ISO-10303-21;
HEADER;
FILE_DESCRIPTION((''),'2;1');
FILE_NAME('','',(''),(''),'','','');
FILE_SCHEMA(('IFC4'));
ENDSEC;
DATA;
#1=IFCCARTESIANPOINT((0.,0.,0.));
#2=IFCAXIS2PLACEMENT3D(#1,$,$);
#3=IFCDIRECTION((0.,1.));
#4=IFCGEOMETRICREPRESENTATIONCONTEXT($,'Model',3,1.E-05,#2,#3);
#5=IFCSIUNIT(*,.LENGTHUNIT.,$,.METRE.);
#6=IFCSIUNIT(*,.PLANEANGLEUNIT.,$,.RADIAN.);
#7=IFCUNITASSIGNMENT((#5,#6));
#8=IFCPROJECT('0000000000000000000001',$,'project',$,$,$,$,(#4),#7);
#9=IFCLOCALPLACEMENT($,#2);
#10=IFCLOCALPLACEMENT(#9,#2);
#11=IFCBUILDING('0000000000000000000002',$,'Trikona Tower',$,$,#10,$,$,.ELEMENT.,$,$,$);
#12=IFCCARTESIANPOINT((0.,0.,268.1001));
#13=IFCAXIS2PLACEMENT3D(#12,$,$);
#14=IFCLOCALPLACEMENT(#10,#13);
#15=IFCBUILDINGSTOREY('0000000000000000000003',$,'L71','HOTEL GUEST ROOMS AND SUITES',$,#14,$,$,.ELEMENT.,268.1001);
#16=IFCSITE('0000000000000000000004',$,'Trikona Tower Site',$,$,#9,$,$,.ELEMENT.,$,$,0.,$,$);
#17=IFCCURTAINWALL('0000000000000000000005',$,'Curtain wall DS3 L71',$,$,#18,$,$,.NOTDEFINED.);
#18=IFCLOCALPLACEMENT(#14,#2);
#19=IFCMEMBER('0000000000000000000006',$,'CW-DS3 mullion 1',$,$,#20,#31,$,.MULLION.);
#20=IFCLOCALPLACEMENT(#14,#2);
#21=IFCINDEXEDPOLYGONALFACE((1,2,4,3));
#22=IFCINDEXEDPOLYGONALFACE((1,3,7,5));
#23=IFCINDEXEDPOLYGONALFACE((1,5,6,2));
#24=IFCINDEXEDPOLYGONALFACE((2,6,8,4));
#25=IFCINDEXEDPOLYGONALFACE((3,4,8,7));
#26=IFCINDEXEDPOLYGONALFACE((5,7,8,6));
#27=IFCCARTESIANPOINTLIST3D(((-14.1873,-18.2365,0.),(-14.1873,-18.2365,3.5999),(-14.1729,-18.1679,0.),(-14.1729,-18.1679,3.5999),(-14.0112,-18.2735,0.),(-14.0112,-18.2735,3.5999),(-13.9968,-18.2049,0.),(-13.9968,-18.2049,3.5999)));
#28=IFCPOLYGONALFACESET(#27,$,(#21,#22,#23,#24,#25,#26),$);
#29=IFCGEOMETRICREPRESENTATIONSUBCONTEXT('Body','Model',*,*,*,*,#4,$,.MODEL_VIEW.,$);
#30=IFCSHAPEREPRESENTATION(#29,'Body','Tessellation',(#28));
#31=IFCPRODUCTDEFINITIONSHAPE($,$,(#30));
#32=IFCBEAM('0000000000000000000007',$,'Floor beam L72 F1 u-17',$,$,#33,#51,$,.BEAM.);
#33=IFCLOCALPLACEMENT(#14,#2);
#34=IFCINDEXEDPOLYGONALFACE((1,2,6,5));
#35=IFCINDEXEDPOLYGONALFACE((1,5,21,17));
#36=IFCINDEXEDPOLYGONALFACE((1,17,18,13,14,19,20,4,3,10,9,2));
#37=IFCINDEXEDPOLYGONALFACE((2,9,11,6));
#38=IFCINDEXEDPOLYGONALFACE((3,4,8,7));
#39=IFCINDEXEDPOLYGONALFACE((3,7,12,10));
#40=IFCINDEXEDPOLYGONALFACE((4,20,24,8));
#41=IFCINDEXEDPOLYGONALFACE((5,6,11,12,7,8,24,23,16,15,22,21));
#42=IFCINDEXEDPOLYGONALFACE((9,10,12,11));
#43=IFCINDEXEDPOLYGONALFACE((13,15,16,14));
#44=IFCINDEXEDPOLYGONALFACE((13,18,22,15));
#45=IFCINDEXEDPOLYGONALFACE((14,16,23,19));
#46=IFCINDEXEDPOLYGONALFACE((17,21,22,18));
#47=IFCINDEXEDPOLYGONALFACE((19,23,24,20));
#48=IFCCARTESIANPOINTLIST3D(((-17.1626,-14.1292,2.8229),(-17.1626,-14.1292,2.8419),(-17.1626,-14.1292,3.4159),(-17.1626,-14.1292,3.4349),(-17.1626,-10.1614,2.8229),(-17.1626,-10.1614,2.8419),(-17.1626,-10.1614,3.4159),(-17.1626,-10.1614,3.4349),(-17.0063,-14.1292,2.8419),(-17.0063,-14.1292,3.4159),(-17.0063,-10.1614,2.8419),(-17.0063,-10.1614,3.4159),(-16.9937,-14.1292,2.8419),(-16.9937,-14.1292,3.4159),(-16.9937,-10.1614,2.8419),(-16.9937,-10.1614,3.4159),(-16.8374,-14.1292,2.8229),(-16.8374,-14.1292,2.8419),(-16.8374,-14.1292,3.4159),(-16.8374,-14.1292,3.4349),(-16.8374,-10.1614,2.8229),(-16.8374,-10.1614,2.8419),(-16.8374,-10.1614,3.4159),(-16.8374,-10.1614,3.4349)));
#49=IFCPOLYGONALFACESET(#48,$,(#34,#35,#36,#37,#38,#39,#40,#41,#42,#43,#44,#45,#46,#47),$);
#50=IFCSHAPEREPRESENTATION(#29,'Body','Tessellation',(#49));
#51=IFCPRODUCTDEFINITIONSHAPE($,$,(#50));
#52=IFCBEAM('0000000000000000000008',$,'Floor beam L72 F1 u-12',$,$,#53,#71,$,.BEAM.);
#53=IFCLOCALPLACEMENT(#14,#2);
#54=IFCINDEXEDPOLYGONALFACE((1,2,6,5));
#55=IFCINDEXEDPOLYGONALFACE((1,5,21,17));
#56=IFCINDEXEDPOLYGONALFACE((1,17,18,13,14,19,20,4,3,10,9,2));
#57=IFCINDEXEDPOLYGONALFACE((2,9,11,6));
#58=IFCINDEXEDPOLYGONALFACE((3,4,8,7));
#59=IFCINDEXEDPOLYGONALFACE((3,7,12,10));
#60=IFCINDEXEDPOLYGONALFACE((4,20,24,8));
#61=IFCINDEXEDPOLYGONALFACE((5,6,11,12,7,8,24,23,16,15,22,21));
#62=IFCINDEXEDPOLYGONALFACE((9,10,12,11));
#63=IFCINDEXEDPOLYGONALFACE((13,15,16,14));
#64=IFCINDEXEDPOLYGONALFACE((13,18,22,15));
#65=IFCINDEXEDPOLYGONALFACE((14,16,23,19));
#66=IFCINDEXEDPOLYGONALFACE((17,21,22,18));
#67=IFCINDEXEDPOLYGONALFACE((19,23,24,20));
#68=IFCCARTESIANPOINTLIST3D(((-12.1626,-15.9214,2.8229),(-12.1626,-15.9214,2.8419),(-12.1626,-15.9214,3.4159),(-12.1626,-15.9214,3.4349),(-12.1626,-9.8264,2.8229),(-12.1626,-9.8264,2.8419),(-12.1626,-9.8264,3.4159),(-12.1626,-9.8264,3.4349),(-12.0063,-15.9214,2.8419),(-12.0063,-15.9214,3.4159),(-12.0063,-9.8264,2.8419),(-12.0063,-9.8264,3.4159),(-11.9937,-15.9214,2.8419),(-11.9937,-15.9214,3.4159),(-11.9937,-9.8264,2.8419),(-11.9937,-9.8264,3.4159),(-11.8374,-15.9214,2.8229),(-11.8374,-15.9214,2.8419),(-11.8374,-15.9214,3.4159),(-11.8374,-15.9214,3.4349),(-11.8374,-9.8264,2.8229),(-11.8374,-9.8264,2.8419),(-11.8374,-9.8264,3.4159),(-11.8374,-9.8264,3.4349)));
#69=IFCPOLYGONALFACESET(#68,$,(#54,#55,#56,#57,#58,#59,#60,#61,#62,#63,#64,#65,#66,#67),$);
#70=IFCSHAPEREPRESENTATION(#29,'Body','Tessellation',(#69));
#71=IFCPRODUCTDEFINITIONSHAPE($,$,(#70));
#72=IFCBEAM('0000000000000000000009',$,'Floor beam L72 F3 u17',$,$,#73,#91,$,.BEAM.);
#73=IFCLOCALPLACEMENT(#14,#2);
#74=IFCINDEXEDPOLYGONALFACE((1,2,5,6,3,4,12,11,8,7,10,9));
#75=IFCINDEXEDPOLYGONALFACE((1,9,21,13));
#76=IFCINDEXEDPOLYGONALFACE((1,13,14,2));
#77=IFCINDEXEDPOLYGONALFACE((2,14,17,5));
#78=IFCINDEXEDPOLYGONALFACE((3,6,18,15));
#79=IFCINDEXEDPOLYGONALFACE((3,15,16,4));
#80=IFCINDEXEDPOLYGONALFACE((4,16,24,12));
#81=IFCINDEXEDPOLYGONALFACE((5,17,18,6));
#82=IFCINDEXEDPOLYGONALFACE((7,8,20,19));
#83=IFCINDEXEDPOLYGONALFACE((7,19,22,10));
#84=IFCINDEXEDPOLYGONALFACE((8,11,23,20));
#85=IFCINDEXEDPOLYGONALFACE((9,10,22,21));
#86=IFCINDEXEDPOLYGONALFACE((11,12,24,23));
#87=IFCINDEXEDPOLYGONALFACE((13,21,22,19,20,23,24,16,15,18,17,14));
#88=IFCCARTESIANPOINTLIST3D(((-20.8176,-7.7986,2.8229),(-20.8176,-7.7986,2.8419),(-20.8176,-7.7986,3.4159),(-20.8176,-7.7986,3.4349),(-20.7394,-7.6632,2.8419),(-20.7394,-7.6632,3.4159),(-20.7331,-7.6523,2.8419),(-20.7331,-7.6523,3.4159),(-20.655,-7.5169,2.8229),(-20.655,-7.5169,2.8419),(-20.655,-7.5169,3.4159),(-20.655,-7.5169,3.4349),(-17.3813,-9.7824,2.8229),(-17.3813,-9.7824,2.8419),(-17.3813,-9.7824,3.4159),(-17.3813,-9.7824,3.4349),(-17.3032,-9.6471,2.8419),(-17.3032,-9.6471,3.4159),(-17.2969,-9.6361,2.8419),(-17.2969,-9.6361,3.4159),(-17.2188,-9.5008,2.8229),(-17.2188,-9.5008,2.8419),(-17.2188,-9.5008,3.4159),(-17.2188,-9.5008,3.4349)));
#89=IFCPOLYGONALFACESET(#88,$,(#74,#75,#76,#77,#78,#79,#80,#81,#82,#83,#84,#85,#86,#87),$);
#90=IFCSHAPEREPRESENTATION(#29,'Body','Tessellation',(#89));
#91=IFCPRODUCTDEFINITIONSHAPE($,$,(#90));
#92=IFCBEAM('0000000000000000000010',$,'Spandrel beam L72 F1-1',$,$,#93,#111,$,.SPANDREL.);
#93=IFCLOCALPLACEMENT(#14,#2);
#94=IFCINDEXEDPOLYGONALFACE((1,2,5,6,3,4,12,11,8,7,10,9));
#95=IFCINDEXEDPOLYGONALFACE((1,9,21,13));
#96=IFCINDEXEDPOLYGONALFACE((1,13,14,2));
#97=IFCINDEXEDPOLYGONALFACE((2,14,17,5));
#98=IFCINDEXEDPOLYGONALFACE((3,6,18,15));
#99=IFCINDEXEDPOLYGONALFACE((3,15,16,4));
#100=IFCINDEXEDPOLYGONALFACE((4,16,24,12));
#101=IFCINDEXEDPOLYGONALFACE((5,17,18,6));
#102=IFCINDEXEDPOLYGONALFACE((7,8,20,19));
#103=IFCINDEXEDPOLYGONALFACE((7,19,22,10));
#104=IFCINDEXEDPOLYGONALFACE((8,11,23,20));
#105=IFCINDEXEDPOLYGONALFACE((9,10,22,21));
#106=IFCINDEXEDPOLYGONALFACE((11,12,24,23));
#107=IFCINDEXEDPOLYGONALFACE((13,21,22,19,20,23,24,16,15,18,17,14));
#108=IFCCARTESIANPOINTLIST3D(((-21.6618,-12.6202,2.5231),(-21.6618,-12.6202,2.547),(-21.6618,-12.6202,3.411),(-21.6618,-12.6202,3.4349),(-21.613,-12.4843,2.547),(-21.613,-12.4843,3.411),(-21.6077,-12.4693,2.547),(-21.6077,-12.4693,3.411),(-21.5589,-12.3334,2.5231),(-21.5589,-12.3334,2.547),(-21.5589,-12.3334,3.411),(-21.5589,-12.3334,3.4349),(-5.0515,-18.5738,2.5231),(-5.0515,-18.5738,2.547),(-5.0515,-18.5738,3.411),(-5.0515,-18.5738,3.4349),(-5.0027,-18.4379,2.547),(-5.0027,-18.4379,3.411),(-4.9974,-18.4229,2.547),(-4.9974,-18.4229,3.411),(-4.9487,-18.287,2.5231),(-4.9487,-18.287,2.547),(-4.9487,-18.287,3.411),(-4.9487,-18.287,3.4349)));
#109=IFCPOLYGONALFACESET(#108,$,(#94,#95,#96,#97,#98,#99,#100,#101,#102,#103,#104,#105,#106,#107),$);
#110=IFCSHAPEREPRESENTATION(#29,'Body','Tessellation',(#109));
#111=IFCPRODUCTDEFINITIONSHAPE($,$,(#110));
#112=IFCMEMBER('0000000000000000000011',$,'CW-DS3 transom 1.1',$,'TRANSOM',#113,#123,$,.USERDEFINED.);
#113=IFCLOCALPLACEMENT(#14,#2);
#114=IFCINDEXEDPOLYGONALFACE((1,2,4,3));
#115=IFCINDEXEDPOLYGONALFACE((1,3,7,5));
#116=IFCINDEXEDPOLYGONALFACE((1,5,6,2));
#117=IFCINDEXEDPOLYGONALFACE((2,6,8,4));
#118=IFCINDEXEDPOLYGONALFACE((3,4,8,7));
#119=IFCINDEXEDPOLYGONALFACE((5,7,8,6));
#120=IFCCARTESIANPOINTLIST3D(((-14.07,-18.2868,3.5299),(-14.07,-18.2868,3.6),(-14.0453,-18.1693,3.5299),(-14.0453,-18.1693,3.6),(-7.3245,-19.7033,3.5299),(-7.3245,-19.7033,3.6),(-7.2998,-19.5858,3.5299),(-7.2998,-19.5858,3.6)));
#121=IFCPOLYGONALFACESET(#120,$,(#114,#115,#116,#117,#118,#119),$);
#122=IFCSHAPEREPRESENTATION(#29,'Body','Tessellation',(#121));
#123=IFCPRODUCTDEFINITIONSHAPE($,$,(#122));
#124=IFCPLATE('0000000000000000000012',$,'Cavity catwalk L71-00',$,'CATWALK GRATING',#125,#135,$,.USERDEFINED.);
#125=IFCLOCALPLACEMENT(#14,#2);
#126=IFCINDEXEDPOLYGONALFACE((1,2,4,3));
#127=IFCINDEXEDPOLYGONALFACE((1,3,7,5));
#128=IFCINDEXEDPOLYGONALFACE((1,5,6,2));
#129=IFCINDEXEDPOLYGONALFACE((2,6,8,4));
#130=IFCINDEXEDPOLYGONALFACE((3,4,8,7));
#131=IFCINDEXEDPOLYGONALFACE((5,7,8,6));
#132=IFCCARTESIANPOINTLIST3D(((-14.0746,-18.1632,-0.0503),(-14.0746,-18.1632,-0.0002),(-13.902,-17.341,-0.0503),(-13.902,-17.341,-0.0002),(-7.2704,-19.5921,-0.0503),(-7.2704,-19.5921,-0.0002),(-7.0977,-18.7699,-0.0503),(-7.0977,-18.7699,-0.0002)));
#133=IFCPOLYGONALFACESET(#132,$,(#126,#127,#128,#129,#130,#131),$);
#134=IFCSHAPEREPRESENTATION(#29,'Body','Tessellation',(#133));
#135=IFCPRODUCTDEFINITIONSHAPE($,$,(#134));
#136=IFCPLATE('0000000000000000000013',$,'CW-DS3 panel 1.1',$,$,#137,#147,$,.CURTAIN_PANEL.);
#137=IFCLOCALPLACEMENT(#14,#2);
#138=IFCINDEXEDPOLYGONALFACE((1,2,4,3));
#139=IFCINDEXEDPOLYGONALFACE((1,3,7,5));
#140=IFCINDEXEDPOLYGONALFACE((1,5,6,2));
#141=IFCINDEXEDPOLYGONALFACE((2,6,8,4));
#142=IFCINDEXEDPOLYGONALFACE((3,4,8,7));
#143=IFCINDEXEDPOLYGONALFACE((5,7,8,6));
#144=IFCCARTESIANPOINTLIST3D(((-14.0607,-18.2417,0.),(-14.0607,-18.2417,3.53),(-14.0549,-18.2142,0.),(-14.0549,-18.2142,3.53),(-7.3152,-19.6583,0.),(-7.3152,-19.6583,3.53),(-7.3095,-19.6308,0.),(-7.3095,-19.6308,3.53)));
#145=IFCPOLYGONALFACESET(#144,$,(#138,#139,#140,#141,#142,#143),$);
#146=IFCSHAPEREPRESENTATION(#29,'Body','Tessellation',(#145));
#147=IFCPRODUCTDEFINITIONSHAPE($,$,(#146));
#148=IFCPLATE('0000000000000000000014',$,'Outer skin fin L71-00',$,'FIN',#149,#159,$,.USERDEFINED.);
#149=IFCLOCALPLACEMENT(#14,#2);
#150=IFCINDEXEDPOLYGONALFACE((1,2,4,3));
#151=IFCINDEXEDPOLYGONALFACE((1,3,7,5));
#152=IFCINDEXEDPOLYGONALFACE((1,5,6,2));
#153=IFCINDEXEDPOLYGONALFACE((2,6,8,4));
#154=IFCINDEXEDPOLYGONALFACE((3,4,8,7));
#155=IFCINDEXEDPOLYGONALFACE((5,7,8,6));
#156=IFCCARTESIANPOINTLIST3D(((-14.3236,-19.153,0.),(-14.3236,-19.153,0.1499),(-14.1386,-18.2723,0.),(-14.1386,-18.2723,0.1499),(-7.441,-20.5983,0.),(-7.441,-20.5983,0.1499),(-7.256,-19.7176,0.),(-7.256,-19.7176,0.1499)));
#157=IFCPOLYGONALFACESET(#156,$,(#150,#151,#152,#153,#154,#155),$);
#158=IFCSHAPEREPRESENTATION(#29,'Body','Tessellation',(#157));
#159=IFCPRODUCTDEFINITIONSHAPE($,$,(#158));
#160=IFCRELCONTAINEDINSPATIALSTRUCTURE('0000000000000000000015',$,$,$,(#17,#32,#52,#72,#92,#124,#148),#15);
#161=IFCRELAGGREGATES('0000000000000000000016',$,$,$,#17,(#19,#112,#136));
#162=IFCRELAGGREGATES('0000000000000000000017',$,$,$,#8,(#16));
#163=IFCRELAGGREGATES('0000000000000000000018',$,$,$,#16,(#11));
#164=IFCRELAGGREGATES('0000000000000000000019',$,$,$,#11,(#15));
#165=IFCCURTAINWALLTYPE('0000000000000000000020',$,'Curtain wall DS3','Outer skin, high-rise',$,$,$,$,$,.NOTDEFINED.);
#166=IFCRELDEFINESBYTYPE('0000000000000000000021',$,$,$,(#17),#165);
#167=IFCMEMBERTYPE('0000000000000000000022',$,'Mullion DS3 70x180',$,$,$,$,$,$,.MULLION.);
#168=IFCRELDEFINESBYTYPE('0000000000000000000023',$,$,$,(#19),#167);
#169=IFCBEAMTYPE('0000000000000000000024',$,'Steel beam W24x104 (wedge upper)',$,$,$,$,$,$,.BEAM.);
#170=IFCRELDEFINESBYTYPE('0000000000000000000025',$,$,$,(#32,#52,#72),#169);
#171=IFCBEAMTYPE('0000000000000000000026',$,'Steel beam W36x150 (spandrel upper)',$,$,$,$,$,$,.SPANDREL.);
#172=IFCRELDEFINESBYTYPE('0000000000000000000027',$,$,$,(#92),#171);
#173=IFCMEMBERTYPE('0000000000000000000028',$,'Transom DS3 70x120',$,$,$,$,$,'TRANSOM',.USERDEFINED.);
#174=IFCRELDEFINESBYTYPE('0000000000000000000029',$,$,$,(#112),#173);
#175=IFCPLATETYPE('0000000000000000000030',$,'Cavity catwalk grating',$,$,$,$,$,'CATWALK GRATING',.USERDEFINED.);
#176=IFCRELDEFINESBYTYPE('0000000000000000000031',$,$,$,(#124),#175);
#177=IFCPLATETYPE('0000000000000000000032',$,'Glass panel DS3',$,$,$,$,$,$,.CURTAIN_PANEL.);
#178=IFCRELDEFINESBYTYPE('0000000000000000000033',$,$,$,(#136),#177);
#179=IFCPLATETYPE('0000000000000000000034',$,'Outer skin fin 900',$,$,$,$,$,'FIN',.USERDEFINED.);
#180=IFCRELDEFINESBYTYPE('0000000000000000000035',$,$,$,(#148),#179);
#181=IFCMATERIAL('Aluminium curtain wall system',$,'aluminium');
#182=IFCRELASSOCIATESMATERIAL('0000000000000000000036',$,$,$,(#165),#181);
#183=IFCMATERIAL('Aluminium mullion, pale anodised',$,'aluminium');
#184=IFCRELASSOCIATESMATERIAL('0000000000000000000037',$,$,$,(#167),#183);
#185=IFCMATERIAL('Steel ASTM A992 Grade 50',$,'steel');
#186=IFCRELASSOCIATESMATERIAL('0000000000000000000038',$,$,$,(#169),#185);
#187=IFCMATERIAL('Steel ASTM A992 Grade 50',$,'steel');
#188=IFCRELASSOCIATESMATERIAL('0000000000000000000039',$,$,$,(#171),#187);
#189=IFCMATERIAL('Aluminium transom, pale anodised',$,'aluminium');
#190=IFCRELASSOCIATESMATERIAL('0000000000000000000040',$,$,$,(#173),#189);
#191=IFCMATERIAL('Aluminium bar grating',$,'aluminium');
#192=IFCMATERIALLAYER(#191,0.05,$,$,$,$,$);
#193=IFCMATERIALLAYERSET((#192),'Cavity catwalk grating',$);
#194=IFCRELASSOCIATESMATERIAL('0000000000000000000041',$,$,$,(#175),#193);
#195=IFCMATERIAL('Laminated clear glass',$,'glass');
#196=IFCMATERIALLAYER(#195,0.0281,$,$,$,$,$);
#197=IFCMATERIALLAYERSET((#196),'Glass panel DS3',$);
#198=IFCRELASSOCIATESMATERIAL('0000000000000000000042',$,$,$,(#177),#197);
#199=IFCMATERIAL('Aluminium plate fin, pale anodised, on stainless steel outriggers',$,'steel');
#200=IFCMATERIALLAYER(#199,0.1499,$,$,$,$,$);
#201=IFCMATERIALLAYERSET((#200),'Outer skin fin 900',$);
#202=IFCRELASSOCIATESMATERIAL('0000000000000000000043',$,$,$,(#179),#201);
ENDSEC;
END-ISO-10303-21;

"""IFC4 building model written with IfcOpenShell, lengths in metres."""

from ifc_helpers import new_model, si_unit, direction, frame, origin, origin_2d, place, context, subcontext, project, spatial, rectangle, i_section, extrude, material, layer, layer_set, material_profile, profile_set, type_object, element, aggregate, save


model = new_model("IFC4")

# Units and contexts
model_context = context("Model", 3, precision=1e-05, world=origin(), true_north=direction((0.0, 1.0)))
body_context = subcontext(model_context, "Body", "Model", "MODEL_VIEW")
ifc_project = project(units=[si_unit("LENGTHUNIT", "METRE"), si_unit("PLANEANGLEUNIT", "RADIAN")], contexts=[model_context])

# Site, building, storey
site_placement = place(None, origin())
site = spatial("IfcSite", under=ifc_project, at=site_placement, Name="Trikona Tower Site", CompositionType="ELEMENT", RefElevation=0.0)
building_placement = place(site_placement, origin())
building = spatial("IfcBuilding", under=site, at=building_placement, Name="Trikona Tower", CompositionType="ELEMENT")
storey_placement = place(building_placement, frame((0.0, 0.0, 268.1001)))
storey = spatial("IfcBuildingStorey", under=building, at=storey_placement, Name="L71", Description="HOTEL GUEST ROOMS AND SUITES", CompositionType="ELEMENT", Elevation=268.1001)

# Curtain wall, member
ifc_material_1 = material(Name="Aluminium curtain wall system", Category="aluminium")
curtain_wall_type = type_object("IfcCurtainWallType", Name="Curtain wall DS3", Description="Outer skin, high-rise", PredefinedType="NOTDEFINED", material=ifc_material_1)
curtain_wall_placement = place(storey_placement, origin())
curtain_wall = element("IfcCurtainWall", 1, at=curtain_wall_placement, inside=storey, type_object=curtain_wall_type, Name="Curtain wall DS3 L71", PredefinedType="NOTDEFINED")
ifc_material_2 = material(Name="Aluminium mullion, pale anodised", Category="aluminium")
ifc_material_profile_1 = material_profile(ifc_material_2, rectangle(XDim=0.0701, YDim=0.1799, at=origin_2d()), Name="MUL-DS3")
ifc_profile_set_1 = profile_set([ifc_material_profile_1], Name="Aluminium mullion, pale anodised")
member_type_1 = type_object("IfcMemberType", Name="Mullion DS3 70x180", PredefinedType="MULLION", material=ifc_profile_set_1)
member_1_placement = place(storey_placement, frame((-14.092, -18.2207, 0.0), z_axis=(0.0, 0.0, 1.0), x_axis=(0.205527, 0.978651, 0.0)))
member_1 = element("IfcMember", 2, at=member_1_placement, type_object=member_type_1, Name="CW-DS3 mullion 1", PredefinedType="MULLION", context=body_context, shape_type="SweptSolid", body=[
    extrude(rectangle(XDim=0.0701, YDim=0.1799, at=origin_2d()), origin(), (0.0, 0.0, 1.0), 3.5999),
])

# Beams
ifc_material_3 = material(Name="Steel ASTM A992 Grade 50", Category="steel")
ifc_material_profile_2 = material_profile(ifc_material_3, i_section(OverallWidth=0.3252, OverallDepth=0.6121, WebThickness=0.0127, FlangeThickness=0.019, at=origin_2d()), Name="W24X104")
ifc_profile_set_2 = profile_set([ifc_material_profile_2], Name="Steel ASTM A992 Grade 50")
beam_type_1 = type_object("IfcBeamType", Name="Steel beam W24x104 (wedge upper)", PredefinedType="BEAM", material=ifc_profile_set_2)
beam_1_placement = place(storey_placement, frame((-17.0, -10.1614, 3.1289), z_axis=(0.0, -1.0, 0.0), x_axis=(1.0, 0.0, 0.0)))
element("IfcBeam", 3, at=beam_1_placement, inside=storey, type_object=beam_type_1, Name="Floor beam L72 F1 u-17", PredefinedType="BEAM", context=body_context, shape_type="SweptSolid", body=[
    extrude(i_section(OverallWidth=0.3252, OverallDepth=0.6121, WebThickness=0.0127, FlangeThickness=0.019, at=origin_2d()), origin(), (0.0, 0.0, 1.0), 3.9678),
])
beam_2_placement = place(storey_placement, frame((-12.0, -9.8264, 3.1289), z_axis=(0.0, -1.0, 0.0), x_axis=(1.0, 0.0, 0.0)))
element("IfcBeam", 4, at=beam_2_placement, inside=storey, type_object=beam_type_1, Name="Floor beam L72 F1 u-12", PredefinedType="BEAM", context=body_context, shape_type="SweptSolid", body=[
    extrude(i_section(OverallWidth=0.3252, OverallDepth=0.6121, WebThickness=0.0127, FlangeThickness=0.019, at=origin_2d()), origin(), (0.0, 0.0, 1.0), 6.095),
])
beam_3_placement = place(storey_placement, frame((-17.3, -9.6416, 3.1289), z_axis=(-0.866031, 0.499991, 0.0), x_axis=(-0.499991, -0.866031, 0.0)))
element("IfcBeam", 5, at=beam_3_placement, inside=storey, type_object=beam_type_1, Name="Floor beam L72 F3 u17", PredefinedType="BEAM", context=body_context, shape_type="SweptSolid", body=[
    extrude(i_section(OverallWidth=0.3252, OverallDepth=0.6121, WebThickness=0.0127, FlangeThickness=0.019, at=origin_2d()), origin(), (0.0, 0.0, 1.0), 3.9678),
])
ifc_material_4 = material(Name="Steel ASTM A992 Grade 50", Category="steel")
ifc_material_profile_3 = material_profile(ifc_material_4, i_section(OverallWidth=0.3047, OverallDepth=0.9119, WebThickness=0.0159, FlangeThickness=0.0239, at=origin_2d()), Name="W36X150")
ifc_profile_set_3 = profile_set([ifc_material_profile_3], Name="Steel ASTM A992 Grade 50")
beam_type_2 = type_object("IfcBeamType", Name="Steel beam W36x150 (spandrel upper)", PredefinedType="SPANDREL", material=ifc_profile_set_3)
beam_4_placement = place(storey_placement, frame((-21.6104, -12.4768, 2.979), z_axis=(0.941358, -0.337409, 0.0), x_axis=(0.337409, 0.941358, 0.0)))
element("IfcBeam", 6, at=beam_4_placement, inside=storey, type_object=beam_type_2, Name="Spandrel beam L72 F1-1", PredefinedType="SPANDREL", context=body_context, shape_type="SweptSolid", body=[
    extrude(i_section(OverallWidth=0.3047, OverallDepth=0.9119, WebThickness=0.0159, FlangeThickness=0.0239, at=origin_2d()), origin(), (0.0, 0.0, 1.0), 17.645),
])

# Member
ifc_material_5 = material(Name="Aluminium transom, pale anodised", Category="aluminium")
ifc_material_profile_4 = material_profile(ifc_material_5, rectangle(XDim=0.1201, YDim=0.0701, at=origin_2d()), Name="TRN-DS3")
ifc_profile_set_4 = profile_set([ifc_material_profile_4], Name="Aluminium transom, pale anodised")
member_type_2 = type_object("IfcMemberType", Name="Transom DS3 70x120", ElementType="TRANSOM", PredefinedType="USERDEFINED", material=ifc_profile_set_4)
member_2_placement = place(storey_placement, frame((-14.0576, -18.228, 3.5649), z_axis=(0.978654, -0.205514, 0.0), x_axis=(0.205514, 0.978654, 0.0)))
member_2 = element("IfcMember", 7, at=member_2_placement, type_object=member_type_2, Name="CW-DS3 transom 1.1", ObjectType="TRANSOM", PredefinedType="USERDEFINED", context=body_context, shape_type="SweptSolid", body=[
    extrude(rectangle(XDim=0.1201, YDim=0.0701, at=origin_2d()), origin(), (0.0, 0.0, 1.0), 6.8926),
])

# Plates
ifc_material_6 = material(Name="Aluminium bar grating", Category="aluminium")
ifc_layer_1 = layer(ifc_material_6, 0.05)
ifc_layer_set_1 = layer_set([ifc_layer_1], Name="Cavity catwalk grating")
plate_type_1 = type_object("IfcPlateType", Name="Cavity catwalk grating", ElementType="CATWALK GRATING", PredefinedType="USERDEFINED", material=ifc_layer_set_1)
plate_1_placement = place(storey_placement, frame((-10.5862, -18.4666, -0.0503), z_axis=(0.0, 0.0, 1.0), x_axis=(0.978653, -0.205518, 0.0)))
element("IfcPlate", 8, at=plate_1_placement, inside=storey, type_object=plate_type_1, Name="Cavity catwalk L71-00", ObjectType="CATWALK GRATING", PredefinedType="USERDEFINED", context=body_context, shape_type="SweptSolid", body=[
    extrude(rectangle(XDim=6.9526, YDim=0.8401, at=origin_2d()), origin(), (0.0, 0.0, 1.0), 0.05),
])
ifc_material_7 = material(Name="Laminated clear glass", Category="glass")
ifc_layer_2 = layer(ifc_material_7, 0.0281)
ifc_layer_set_2 = layer_set([ifc_layer_2], Name="Glass panel DS3")
plate_type_2 = type_object("IfcPlateType", Name="Glass panel DS3", PredefinedType="CURTAIN_PANEL", material=ifc_layer_set_2)
plate_2_placement = place(storey_placement, frame((-10.6851, -18.9363, 0.0), z_axis=(0.0, 0.0, 1.0), x_axis=(0.978651, -0.205527, 0.0)))
plate_2 = element("IfcPlate", 9, at=plate_2_placement, type_object=plate_type_2, Name="CW-DS3 panel 1.1", PredefinedType="CURTAIN_PANEL", context=body_context, shape_type="SweptSolid", body=[
    extrude(rectangle(XDim=6.8926, YDim=0.0281, at=origin_2d()), origin(), (0.0, 0.0, 1.0), 3.53),
])
aggregate(curtain_wall, [member_1, member_2, plate_2])
ifc_material_8 = material(Name="Aluminium plate fin, pale anodised, on stainless steel outriggers", Category="steel")
ifc_layer_3 = layer(ifc_material_8, 0.1499)
ifc_layer_set_3 = layer_set([ifc_layer_3], Name="Outer skin fin 900")
plate_type_3 = type_object("IfcPlateType", Name="Outer skin fin 900", ElementType="FIN", PredefinedType="USERDEFINED", material=ifc_layer_set_3)
plate_3_placement = place(storey_placement, frame((-10.7898, -19.4353, 0.0), z_axis=(0.0, 0.0, 1.0), x_axis=(0.978653, -0.205518, 0.0)))
element("IfcPlate", 10, at=plate_3_placement, inside=storey, type_object=plate_type_3, Name="Outer skin fin L71-00", ObjectType="FIN", PredefinedType="USERDEFINED", context=body_context, shape_type="SweptSolid", body=[
    extrude(rectangle(XDim=7.0327, YDim=0.8999, at=origin_2d()), origin(), (0.0, 0.0, 1.0), 0.1499),
])

save(model, "model.ifc")
